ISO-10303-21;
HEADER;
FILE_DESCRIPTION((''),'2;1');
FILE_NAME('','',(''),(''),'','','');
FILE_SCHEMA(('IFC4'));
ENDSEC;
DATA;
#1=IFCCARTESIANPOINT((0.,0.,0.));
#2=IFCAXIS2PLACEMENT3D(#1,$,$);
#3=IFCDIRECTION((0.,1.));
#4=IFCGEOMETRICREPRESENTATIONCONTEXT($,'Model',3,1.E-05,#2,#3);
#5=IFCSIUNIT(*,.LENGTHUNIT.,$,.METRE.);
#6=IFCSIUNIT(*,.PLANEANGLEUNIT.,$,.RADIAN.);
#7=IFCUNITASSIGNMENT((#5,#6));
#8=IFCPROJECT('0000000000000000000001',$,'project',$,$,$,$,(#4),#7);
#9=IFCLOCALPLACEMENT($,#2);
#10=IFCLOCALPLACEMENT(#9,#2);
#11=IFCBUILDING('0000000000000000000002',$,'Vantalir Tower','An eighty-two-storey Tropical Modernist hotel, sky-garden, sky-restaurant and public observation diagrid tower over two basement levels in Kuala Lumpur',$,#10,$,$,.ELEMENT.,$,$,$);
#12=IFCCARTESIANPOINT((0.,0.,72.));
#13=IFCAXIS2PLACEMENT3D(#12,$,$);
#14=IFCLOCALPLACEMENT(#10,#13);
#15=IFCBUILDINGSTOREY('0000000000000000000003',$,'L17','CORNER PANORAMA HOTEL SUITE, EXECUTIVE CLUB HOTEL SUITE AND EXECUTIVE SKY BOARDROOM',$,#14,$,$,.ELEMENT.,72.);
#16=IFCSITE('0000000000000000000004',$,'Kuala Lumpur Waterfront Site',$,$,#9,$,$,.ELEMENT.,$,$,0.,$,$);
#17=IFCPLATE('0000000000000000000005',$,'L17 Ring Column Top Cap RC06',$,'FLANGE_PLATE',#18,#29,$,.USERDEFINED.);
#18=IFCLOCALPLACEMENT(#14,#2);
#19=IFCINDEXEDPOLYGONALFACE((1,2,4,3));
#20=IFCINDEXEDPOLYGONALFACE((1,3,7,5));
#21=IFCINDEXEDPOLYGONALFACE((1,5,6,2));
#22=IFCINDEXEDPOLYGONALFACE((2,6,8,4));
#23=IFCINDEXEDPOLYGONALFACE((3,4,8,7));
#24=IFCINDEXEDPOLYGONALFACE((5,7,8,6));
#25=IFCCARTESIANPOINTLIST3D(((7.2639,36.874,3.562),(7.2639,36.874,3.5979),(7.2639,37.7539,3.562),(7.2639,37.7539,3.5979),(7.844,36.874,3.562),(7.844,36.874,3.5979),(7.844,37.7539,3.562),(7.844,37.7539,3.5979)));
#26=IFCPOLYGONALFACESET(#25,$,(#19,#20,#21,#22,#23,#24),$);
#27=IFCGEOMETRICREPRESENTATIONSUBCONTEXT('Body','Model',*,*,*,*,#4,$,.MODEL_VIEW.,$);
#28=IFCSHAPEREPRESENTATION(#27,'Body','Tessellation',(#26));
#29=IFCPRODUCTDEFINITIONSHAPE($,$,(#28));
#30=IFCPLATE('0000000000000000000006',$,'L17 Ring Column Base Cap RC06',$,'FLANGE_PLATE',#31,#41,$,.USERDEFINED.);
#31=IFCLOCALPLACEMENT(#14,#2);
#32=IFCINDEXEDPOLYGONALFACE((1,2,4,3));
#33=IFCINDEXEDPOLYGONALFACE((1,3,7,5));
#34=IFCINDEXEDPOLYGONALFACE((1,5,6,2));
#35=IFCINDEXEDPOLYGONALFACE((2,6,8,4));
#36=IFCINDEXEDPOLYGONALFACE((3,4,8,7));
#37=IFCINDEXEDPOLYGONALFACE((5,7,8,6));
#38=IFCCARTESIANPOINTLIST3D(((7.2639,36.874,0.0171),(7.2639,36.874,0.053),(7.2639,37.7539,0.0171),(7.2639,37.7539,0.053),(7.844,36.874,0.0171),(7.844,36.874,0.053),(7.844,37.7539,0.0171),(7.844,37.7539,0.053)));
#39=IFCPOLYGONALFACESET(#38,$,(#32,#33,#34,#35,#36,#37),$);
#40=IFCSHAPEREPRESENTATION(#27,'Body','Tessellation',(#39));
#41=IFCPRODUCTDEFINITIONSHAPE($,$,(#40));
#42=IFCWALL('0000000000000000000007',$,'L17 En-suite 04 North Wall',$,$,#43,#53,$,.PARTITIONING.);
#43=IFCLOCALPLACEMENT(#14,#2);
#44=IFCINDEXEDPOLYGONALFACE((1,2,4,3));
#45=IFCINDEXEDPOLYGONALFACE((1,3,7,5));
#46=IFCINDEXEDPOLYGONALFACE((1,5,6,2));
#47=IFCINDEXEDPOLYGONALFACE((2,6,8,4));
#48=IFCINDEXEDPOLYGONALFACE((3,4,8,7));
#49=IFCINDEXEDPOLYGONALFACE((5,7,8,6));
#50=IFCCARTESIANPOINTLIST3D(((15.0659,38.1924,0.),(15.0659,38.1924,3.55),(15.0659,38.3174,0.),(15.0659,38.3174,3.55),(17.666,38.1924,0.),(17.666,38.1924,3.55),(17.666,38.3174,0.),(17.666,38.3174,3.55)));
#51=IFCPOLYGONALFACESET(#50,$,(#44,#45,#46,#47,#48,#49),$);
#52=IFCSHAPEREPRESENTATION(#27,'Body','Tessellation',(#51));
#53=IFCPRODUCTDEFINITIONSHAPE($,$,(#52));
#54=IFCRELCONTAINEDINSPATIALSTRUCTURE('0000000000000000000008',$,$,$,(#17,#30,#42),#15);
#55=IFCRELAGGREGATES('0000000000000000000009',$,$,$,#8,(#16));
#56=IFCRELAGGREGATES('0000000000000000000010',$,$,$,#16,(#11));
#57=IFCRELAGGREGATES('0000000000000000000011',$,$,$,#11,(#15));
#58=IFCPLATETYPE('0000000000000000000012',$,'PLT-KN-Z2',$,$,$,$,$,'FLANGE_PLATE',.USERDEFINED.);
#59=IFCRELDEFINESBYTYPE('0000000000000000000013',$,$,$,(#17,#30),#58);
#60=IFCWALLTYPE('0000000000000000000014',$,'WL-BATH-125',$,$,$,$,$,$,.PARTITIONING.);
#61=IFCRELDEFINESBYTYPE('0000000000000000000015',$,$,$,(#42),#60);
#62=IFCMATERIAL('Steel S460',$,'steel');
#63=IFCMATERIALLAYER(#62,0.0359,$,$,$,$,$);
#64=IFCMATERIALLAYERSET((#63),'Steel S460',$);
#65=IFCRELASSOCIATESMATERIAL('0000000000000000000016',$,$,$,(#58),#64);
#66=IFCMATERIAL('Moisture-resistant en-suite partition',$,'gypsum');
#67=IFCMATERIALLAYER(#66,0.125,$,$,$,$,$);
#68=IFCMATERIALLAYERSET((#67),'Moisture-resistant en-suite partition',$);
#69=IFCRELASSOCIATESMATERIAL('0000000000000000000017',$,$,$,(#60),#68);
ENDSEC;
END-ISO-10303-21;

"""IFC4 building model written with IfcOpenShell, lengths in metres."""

from ifc_helpers import new_model, si_unit, direction, frame, frame_2d, origin, place, context, subcontext, project, spatial, polyline, rectangle, outline, extrude, material, layer, layer_set, type_object, element, save


model = new_model("IFC4")

# Units and contexts
model_context = context("Model", 3, precision=1e-05, world=origin(), true_north=direction((0.0, 1.0)))
body_context = subcontext(model_context, "Body", "Model", "MODEL_VIEW")
ifc_project = project(units=[si_unit("LENGTHUNIT", "METRE"), si_unit("PLANEANGLEUNIT", "RADIAN")], contexts=[model_context])

# Site, building, storey
site_placement = place(None, origin())
site = spatial("IfcSite", under=ifc_project, at=site_placement, Name="Kuala Lumpur Waterfront Site", CompositionType="ELEMENT", RefElevation=0.0)
building_placement = place(site_placement, origin())
building = spatial("IfcBuilding", under=site, at=building_placement, Name="Vantalir Tower", Description="An eighty-two-storey Tropical Modernist hotel, sky-garden, sky-restaurant and public observation diagrid tower over two basement levels in Kuala Lumpur", CompositionType="ELEMENT")
storey_placement = place(building_placement, frame((0.0, 0.0, 72.0)))
storey = spatial("IfcBuildingStorey", under=building, at=storey_placement, Name="L17", Description="CORNER PANORAMA HOTEL SUITE, EXECUTIVE CLUB HOTEL SUITE AND EXECUTIVE SKY BOARDROOM", CompositionType="ELEMENT", Elevation=72.0)

# Shared definitions
ifc_material_1 = material(Name="Steel S460", Category="steel")

# Plates
ifc_layer_1 = layer(ifc_material_1, 0.0359)
ifc_layer_set_1 = layer_set([ifc_layer_1], Name="Steel S460")
plate_type_1 = type_object("IfcPlateType", Name="PLT-KN-Z2", ElementType="FLANGE_PLATE", PredefinedType="USERDEFINED", material=ifc_layer_set_1)
for number, where, z_axis, x_axis, name in (
    (1, (7.2639, 37.7539, 3.5979), (0.0, 0.0, 1.0), (0.0, -1.0, 0.0), "L17 Ring Column Top Cap RC06"),
    (2, (7.2639, 37.7539, 0.053), (0.0, 0.0, 1.0), (0.0, -1.0, 0.0), "L17 Ring Column Base Cap RC06"),
):
    element("IfcPlate", number, at=place(storey_placement, frame(where, z_axis=z_axis, x_axis=x_axis)), inside=storey, type_object=plate_type_1, Name=name, ObjectType="FLANGE_PLATE", PredefinedType="USERDEFINED", context=body_context, shape_type="SweptSolid", body=[
        extrude(outline(polyline([(0.0, 0.0), (0.8799, 0.0), (0.8799, 0.5801), (0.0, 0.5801), (0.0, 0.0)])), origin(), (0.0, 0.0, -1.0), 0.0359),
    ])

# Wall
ifc_material_2 = material(Name="Moisture-resistant en-suite partition", Category="gypsum")
ifc_layer_2 = layer(ifc_material_2, 0.125)
ifc_layer_set_2 = layer_set([ifc_layer_2], Name="Moisture-resistant en-suite partition")
wall_type = type_object("IfcWallType", Name="WL-BATH-125", PredefinedType="PARTITIONING", material=ifc_layer_set_2)
wall_placement = place(storey_placement, frame((15.0659, 38.2549, 0.0), z_axis=(0.0, 0.0, 1.0), x_axis=(1.0, 0.0, 0.0)))
element("IfcWall", 3, at=wall_placement, inside=storey, type_object=wall_type, Name="L17 En-suite 04 North Wall", PredefinedType="PARTITIONING", context=body_context, shape_type="SweptSolid", body=[
    extrude(rectangle(XDim=2.6001, YDim=0.125, at=frame_2d((1.3, 0.0))), origin(), (0.0, 0.0, 1.0), 3.55),
])

save(model, "model.ifc")
